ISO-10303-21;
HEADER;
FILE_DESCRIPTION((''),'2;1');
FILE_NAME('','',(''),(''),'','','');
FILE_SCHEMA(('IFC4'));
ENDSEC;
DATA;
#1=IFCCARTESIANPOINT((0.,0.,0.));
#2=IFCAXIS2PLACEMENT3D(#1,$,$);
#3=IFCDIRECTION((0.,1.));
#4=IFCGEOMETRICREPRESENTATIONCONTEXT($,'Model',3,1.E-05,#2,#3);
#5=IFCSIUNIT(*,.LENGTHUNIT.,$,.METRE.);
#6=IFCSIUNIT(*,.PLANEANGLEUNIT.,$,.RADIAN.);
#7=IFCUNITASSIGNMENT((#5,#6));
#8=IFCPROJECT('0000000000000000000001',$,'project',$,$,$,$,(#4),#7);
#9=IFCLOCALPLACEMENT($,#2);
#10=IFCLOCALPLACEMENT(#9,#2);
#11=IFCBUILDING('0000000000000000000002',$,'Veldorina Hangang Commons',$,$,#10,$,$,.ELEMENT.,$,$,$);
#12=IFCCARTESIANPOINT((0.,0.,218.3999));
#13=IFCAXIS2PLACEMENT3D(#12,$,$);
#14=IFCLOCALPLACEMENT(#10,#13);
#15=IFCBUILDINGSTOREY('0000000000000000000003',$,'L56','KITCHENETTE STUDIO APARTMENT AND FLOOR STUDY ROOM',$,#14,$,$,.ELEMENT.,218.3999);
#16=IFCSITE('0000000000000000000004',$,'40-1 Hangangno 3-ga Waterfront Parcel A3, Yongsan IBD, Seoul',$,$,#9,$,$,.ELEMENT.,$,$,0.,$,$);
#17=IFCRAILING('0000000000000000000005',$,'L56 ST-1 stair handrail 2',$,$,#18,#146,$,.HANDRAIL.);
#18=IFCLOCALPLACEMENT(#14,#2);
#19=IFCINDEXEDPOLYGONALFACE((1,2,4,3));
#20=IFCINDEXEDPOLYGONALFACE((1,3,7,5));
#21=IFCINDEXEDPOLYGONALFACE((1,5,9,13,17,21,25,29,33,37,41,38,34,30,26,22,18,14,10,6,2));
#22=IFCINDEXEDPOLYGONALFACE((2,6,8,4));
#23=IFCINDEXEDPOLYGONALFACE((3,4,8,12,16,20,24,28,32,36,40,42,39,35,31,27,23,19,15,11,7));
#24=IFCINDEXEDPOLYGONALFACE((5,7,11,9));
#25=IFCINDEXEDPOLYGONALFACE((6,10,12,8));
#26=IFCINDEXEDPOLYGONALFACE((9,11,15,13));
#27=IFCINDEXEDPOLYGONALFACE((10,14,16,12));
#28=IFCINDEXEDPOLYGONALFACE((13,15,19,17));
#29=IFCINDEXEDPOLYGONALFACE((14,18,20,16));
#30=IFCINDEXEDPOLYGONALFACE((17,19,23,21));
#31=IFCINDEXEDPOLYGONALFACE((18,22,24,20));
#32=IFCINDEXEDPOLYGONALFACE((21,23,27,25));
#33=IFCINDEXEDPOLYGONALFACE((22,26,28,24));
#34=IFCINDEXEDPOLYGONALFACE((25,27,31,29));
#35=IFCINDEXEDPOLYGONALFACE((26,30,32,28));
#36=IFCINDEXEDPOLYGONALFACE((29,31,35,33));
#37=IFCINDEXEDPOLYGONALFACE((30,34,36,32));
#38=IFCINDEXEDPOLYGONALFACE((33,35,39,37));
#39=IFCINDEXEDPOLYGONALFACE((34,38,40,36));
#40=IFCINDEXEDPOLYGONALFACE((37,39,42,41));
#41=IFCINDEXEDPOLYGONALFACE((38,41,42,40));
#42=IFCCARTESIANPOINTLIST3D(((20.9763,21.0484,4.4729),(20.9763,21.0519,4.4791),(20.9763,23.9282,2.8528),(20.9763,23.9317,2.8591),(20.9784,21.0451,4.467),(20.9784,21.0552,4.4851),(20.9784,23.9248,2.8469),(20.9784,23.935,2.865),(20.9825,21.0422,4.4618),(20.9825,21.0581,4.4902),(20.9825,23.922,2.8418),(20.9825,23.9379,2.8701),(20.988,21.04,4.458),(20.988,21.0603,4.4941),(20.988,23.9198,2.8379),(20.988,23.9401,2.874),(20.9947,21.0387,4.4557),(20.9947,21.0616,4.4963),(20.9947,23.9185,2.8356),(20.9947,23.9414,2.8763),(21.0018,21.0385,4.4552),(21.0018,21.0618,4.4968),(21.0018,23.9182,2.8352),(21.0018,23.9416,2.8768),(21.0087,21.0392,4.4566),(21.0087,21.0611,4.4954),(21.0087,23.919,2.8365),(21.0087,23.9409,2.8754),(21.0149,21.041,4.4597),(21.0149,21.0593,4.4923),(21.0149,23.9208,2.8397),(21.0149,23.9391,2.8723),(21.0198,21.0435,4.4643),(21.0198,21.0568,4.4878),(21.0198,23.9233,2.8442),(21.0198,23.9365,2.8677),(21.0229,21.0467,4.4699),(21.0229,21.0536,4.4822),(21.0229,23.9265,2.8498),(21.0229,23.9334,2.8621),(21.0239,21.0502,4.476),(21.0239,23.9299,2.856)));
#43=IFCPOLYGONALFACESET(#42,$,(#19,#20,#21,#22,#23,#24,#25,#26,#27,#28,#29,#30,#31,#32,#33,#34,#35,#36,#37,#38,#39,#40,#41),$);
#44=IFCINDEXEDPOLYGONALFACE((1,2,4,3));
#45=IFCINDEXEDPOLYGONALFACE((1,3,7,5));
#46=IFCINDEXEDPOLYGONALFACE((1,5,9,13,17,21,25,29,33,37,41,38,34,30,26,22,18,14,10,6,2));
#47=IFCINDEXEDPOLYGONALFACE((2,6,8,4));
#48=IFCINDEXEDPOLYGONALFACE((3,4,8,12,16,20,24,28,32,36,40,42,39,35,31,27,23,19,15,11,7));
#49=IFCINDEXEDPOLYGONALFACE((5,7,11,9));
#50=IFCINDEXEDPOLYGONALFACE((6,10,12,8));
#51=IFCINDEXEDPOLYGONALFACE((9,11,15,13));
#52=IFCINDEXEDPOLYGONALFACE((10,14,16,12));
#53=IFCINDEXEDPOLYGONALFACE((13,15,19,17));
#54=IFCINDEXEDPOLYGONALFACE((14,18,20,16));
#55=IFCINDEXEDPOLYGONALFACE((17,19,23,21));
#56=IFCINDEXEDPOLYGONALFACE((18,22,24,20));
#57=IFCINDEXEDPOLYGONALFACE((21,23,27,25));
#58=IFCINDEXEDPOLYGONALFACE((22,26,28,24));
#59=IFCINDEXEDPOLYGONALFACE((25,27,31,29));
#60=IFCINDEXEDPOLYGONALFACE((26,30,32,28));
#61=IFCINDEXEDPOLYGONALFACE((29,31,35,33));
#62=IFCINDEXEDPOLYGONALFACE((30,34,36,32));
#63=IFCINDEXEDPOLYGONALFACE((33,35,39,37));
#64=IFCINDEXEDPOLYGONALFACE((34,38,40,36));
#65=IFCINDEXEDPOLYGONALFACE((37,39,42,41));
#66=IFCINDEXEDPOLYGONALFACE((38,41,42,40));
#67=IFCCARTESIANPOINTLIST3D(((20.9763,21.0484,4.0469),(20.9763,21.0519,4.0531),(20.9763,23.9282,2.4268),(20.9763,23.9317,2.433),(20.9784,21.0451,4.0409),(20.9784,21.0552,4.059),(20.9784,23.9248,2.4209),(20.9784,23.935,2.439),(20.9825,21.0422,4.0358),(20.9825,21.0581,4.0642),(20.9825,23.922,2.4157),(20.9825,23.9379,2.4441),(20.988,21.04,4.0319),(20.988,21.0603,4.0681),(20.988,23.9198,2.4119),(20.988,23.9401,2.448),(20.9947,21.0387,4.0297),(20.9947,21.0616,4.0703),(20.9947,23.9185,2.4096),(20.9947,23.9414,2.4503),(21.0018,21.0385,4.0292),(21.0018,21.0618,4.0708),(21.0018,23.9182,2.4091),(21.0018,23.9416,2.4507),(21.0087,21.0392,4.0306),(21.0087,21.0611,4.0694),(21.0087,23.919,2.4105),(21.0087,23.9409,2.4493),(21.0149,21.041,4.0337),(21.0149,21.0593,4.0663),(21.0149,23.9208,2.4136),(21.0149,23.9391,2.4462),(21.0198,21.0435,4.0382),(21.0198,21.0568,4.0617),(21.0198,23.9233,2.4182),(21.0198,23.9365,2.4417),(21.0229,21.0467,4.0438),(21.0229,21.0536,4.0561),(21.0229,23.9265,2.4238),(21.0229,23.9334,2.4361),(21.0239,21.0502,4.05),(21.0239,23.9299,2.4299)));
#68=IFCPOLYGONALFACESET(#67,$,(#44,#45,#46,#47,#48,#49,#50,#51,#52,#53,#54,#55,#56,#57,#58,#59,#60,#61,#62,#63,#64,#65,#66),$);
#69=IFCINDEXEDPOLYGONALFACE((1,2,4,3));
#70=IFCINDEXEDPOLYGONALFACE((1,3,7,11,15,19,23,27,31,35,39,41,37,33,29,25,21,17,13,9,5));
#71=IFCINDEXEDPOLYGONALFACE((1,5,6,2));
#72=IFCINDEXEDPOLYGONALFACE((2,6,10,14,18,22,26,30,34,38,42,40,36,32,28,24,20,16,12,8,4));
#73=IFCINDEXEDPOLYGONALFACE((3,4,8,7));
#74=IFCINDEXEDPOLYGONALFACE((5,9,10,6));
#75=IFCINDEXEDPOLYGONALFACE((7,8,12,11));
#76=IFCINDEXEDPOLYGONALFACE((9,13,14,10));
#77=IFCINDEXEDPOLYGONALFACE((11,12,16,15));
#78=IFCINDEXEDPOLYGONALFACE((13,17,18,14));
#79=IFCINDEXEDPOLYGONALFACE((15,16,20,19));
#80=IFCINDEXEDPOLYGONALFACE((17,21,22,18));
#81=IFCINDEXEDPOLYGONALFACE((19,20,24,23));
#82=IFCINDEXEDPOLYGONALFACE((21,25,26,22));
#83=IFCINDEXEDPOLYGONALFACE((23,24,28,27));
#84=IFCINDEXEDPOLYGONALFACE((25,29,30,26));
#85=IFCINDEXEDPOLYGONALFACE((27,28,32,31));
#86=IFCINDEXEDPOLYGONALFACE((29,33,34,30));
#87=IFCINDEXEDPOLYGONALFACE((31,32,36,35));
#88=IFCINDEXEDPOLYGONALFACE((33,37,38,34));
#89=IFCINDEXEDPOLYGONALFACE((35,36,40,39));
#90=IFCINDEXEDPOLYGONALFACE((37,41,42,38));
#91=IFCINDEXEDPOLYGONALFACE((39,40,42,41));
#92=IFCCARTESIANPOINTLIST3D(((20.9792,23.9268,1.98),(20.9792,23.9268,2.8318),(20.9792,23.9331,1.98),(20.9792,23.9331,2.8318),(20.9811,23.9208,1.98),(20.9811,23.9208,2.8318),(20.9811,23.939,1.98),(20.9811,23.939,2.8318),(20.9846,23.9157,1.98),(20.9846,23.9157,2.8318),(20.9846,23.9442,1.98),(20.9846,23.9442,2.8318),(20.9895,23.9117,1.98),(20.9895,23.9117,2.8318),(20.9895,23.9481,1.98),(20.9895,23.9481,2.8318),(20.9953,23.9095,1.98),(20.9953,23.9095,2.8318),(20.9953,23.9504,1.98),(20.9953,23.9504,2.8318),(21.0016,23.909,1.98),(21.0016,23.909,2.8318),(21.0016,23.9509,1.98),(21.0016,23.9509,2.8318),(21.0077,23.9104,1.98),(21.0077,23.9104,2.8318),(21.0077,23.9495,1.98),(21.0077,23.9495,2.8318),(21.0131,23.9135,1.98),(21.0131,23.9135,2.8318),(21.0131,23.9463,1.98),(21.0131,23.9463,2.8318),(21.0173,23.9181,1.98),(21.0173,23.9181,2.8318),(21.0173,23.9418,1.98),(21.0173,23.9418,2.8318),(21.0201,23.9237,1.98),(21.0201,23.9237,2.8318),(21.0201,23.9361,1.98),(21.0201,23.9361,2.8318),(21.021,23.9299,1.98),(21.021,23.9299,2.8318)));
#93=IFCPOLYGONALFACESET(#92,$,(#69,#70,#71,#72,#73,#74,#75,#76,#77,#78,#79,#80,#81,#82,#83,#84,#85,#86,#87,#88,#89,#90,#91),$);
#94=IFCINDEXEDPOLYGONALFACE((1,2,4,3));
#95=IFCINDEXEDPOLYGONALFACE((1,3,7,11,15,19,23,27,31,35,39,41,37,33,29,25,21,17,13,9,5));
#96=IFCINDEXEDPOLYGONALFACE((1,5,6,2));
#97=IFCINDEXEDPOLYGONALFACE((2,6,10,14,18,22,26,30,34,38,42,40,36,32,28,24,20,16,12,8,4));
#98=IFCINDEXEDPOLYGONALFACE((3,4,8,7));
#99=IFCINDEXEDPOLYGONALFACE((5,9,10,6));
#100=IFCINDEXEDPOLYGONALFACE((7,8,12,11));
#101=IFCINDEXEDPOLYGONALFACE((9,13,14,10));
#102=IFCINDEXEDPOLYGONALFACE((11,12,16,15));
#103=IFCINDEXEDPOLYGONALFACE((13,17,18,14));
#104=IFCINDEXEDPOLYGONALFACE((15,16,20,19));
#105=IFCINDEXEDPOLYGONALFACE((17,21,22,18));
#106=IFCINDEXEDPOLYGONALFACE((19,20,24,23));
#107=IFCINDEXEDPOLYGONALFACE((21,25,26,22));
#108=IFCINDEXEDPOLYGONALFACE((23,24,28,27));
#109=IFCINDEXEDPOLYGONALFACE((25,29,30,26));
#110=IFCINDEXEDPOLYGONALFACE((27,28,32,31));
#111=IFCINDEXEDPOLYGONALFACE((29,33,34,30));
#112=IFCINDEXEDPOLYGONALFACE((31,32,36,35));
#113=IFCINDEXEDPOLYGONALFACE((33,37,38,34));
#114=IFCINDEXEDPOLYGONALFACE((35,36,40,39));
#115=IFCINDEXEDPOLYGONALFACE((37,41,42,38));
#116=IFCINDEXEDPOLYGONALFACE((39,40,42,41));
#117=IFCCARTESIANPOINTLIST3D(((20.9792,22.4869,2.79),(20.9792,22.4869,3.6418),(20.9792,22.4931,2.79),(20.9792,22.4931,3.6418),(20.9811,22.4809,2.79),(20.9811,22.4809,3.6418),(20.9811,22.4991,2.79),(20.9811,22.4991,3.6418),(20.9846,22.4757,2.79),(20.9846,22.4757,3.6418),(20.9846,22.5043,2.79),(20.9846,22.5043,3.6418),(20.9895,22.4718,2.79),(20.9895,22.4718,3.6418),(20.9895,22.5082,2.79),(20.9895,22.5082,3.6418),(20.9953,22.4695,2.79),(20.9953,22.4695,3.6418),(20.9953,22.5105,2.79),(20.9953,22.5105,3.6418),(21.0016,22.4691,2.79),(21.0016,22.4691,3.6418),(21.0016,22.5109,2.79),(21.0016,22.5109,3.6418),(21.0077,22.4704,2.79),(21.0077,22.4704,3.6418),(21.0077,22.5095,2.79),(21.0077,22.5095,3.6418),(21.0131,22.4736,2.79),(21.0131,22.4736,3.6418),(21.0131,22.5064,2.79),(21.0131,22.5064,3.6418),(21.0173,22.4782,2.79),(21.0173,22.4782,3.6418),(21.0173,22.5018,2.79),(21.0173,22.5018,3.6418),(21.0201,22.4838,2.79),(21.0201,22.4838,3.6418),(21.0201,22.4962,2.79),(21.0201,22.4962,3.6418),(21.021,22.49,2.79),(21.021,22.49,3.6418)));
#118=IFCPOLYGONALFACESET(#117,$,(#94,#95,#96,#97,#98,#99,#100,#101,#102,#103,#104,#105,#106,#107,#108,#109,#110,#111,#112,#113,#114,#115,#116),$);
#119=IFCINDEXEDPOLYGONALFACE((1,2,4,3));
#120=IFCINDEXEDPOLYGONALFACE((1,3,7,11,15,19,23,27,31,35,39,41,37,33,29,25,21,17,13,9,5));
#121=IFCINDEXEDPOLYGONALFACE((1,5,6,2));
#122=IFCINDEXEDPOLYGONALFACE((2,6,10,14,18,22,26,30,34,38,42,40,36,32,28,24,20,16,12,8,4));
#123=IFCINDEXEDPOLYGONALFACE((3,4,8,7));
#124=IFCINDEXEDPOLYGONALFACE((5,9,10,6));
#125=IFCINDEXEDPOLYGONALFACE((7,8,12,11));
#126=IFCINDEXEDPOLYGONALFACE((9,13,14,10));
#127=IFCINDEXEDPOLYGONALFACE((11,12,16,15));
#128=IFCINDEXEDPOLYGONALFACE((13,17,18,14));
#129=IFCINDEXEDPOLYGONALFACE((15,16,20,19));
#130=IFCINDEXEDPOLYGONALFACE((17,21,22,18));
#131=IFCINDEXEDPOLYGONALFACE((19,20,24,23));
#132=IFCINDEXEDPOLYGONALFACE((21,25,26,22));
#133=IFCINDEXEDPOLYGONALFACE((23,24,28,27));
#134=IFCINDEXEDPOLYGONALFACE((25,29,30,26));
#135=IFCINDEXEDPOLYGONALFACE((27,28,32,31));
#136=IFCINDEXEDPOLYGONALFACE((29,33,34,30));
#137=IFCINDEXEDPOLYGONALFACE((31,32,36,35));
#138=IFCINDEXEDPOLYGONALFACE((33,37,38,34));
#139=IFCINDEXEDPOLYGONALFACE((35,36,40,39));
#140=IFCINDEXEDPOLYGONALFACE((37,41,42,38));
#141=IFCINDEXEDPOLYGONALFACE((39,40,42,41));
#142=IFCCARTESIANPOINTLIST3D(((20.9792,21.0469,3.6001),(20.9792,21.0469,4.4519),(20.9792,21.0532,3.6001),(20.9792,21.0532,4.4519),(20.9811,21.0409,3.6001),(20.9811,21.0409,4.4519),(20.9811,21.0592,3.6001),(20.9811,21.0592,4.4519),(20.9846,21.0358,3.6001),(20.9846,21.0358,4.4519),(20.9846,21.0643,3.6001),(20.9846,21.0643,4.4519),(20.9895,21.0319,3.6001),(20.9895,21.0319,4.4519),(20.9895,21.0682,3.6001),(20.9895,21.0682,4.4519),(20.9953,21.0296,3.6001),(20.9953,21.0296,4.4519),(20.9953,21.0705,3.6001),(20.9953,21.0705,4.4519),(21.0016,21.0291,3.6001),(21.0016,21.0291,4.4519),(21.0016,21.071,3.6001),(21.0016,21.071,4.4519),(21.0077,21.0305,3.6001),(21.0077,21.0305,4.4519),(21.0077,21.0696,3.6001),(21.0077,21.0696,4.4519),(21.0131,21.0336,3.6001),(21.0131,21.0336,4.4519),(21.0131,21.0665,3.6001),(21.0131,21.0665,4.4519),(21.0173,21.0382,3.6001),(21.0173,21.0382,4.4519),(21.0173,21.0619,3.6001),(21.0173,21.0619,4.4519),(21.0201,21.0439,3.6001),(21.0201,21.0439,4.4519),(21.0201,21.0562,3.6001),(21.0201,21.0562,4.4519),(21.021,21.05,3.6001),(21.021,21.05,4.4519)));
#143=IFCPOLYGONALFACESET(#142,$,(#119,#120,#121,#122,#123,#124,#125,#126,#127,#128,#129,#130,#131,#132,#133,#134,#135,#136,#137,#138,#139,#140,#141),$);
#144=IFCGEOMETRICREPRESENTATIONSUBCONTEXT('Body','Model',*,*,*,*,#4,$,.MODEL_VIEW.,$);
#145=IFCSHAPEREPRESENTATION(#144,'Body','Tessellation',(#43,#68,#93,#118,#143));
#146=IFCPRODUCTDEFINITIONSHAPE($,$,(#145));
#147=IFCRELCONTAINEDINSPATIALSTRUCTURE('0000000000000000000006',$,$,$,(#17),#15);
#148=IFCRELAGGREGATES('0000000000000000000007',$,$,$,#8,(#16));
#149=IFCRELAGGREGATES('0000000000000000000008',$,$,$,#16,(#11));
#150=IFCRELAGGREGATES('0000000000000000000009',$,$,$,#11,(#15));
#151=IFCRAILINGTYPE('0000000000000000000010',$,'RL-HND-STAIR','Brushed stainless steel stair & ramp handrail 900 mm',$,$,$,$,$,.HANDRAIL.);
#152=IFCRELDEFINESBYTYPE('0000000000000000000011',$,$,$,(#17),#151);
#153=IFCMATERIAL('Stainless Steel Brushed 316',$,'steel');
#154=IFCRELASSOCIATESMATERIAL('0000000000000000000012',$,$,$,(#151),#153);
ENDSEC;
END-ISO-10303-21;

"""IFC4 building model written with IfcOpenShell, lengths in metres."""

from ifc_helpers import new_model, si_unit, direction, frame, origin, origin_2d, place, context, subcontext, project, spatial, circle, extrude, material, type_object, element, save


model = new_model("IFC4")

# Units and contexts
model_context = context("Model", 3, precision=1e-05, world=origin(), true_north=direction((0.0, 1.0)))
body_context = subcontext(model_context, "Body", "Model", "MODEL_VIEW")
ifc_project = project(units=[si_unit("LENGTHUNIT", "METRE"), si_unit("PLANEANGLEUNIT", "RADIAN")], contexts=[model_context])

# Site, building, storey
site_placement = place(None, origin())
site = spatial("IfcSite", under=ifc_project, at=site_placement, Name="40-1 Hangangno 3-ga Waterfront Parcel A3, Yongsan IBD, Seoul", CompositionType="ELEMENT", RefElevation=0.0)
building_placement = place(site_placement, origin())
building = spatial("IfcBuilding", under=site, at=building_placement, Name="Veldorina Hangang Commons", CompositionType="ELEMENT")
storey_placement = place(building_placement, frame((0.0, 0.0, 218.3999)))
storey = spatial("IfcBuildingStorey", under=building, at=storey_placement, Name="L56", Description="KITCHENETTE STUDIO APARTMENT AND FLOOR STUDY ROOM", CompositionType="ELEMENT", Elevation=218.3999)

# Railing
ifc_material_1 = material(Name="Stainless Steel Brushed 316", Category="steel")
railing_type = type_object("IfcRailingType", Name="RL-HND-STAIR", Description="Brushed stainless steel stair & ramp handrail 900 mm", PredefinedType="HANDRAIL", material=ifc_material_1)
railing_placement = place(storey_placement, frame((21.0, 23.9299, 1.98)))
element("IfcRailing", 1, at=railing_placement, inside=storey, type_object=railing_type, Name="L56 ST-1 stair handrail 2", PredefinedType="HANDRAIL", context=body_context, shape_type="SweptSolid", body=[
    extrude(circle(Radius=0.0239, at=origin_2d()), frame((0.0, 0.0, 0.876), z_axis=(0.0, -0.871552, 0.490303), x_axis=(1.0, 0.0, 0.0)), (0.0, 0.0, 1.0), 3.3042),
    extrude(circle(Radius=0.0239, at=origin_2d()), frame((0.0, 0.0, 0.45), z_axis=(0.0, -0.871552, 0.490303), x_axis=(1.0, 0.0, 0.0)), (0.0, 0.0, 1.0), 3.3042),
    extrude(circle(Radius=0.021, at=origin_2d()), origin(), (0.0, 0.0, 1.0), 0.8518),
    extrude(circle(Radius=0.021, at=origin_2d()), frame((0.0, -1.4399, 0.8101)), (0.0, 0.0, 1.0), 0.8518),
    extrude(circle(Radius=0.021, at=origin_2d()), frame((0.0, -2.8799, 1.6201)), (0.0, 0.0, 1.0), 0.8518),
])

save(model, "model.ifc")
